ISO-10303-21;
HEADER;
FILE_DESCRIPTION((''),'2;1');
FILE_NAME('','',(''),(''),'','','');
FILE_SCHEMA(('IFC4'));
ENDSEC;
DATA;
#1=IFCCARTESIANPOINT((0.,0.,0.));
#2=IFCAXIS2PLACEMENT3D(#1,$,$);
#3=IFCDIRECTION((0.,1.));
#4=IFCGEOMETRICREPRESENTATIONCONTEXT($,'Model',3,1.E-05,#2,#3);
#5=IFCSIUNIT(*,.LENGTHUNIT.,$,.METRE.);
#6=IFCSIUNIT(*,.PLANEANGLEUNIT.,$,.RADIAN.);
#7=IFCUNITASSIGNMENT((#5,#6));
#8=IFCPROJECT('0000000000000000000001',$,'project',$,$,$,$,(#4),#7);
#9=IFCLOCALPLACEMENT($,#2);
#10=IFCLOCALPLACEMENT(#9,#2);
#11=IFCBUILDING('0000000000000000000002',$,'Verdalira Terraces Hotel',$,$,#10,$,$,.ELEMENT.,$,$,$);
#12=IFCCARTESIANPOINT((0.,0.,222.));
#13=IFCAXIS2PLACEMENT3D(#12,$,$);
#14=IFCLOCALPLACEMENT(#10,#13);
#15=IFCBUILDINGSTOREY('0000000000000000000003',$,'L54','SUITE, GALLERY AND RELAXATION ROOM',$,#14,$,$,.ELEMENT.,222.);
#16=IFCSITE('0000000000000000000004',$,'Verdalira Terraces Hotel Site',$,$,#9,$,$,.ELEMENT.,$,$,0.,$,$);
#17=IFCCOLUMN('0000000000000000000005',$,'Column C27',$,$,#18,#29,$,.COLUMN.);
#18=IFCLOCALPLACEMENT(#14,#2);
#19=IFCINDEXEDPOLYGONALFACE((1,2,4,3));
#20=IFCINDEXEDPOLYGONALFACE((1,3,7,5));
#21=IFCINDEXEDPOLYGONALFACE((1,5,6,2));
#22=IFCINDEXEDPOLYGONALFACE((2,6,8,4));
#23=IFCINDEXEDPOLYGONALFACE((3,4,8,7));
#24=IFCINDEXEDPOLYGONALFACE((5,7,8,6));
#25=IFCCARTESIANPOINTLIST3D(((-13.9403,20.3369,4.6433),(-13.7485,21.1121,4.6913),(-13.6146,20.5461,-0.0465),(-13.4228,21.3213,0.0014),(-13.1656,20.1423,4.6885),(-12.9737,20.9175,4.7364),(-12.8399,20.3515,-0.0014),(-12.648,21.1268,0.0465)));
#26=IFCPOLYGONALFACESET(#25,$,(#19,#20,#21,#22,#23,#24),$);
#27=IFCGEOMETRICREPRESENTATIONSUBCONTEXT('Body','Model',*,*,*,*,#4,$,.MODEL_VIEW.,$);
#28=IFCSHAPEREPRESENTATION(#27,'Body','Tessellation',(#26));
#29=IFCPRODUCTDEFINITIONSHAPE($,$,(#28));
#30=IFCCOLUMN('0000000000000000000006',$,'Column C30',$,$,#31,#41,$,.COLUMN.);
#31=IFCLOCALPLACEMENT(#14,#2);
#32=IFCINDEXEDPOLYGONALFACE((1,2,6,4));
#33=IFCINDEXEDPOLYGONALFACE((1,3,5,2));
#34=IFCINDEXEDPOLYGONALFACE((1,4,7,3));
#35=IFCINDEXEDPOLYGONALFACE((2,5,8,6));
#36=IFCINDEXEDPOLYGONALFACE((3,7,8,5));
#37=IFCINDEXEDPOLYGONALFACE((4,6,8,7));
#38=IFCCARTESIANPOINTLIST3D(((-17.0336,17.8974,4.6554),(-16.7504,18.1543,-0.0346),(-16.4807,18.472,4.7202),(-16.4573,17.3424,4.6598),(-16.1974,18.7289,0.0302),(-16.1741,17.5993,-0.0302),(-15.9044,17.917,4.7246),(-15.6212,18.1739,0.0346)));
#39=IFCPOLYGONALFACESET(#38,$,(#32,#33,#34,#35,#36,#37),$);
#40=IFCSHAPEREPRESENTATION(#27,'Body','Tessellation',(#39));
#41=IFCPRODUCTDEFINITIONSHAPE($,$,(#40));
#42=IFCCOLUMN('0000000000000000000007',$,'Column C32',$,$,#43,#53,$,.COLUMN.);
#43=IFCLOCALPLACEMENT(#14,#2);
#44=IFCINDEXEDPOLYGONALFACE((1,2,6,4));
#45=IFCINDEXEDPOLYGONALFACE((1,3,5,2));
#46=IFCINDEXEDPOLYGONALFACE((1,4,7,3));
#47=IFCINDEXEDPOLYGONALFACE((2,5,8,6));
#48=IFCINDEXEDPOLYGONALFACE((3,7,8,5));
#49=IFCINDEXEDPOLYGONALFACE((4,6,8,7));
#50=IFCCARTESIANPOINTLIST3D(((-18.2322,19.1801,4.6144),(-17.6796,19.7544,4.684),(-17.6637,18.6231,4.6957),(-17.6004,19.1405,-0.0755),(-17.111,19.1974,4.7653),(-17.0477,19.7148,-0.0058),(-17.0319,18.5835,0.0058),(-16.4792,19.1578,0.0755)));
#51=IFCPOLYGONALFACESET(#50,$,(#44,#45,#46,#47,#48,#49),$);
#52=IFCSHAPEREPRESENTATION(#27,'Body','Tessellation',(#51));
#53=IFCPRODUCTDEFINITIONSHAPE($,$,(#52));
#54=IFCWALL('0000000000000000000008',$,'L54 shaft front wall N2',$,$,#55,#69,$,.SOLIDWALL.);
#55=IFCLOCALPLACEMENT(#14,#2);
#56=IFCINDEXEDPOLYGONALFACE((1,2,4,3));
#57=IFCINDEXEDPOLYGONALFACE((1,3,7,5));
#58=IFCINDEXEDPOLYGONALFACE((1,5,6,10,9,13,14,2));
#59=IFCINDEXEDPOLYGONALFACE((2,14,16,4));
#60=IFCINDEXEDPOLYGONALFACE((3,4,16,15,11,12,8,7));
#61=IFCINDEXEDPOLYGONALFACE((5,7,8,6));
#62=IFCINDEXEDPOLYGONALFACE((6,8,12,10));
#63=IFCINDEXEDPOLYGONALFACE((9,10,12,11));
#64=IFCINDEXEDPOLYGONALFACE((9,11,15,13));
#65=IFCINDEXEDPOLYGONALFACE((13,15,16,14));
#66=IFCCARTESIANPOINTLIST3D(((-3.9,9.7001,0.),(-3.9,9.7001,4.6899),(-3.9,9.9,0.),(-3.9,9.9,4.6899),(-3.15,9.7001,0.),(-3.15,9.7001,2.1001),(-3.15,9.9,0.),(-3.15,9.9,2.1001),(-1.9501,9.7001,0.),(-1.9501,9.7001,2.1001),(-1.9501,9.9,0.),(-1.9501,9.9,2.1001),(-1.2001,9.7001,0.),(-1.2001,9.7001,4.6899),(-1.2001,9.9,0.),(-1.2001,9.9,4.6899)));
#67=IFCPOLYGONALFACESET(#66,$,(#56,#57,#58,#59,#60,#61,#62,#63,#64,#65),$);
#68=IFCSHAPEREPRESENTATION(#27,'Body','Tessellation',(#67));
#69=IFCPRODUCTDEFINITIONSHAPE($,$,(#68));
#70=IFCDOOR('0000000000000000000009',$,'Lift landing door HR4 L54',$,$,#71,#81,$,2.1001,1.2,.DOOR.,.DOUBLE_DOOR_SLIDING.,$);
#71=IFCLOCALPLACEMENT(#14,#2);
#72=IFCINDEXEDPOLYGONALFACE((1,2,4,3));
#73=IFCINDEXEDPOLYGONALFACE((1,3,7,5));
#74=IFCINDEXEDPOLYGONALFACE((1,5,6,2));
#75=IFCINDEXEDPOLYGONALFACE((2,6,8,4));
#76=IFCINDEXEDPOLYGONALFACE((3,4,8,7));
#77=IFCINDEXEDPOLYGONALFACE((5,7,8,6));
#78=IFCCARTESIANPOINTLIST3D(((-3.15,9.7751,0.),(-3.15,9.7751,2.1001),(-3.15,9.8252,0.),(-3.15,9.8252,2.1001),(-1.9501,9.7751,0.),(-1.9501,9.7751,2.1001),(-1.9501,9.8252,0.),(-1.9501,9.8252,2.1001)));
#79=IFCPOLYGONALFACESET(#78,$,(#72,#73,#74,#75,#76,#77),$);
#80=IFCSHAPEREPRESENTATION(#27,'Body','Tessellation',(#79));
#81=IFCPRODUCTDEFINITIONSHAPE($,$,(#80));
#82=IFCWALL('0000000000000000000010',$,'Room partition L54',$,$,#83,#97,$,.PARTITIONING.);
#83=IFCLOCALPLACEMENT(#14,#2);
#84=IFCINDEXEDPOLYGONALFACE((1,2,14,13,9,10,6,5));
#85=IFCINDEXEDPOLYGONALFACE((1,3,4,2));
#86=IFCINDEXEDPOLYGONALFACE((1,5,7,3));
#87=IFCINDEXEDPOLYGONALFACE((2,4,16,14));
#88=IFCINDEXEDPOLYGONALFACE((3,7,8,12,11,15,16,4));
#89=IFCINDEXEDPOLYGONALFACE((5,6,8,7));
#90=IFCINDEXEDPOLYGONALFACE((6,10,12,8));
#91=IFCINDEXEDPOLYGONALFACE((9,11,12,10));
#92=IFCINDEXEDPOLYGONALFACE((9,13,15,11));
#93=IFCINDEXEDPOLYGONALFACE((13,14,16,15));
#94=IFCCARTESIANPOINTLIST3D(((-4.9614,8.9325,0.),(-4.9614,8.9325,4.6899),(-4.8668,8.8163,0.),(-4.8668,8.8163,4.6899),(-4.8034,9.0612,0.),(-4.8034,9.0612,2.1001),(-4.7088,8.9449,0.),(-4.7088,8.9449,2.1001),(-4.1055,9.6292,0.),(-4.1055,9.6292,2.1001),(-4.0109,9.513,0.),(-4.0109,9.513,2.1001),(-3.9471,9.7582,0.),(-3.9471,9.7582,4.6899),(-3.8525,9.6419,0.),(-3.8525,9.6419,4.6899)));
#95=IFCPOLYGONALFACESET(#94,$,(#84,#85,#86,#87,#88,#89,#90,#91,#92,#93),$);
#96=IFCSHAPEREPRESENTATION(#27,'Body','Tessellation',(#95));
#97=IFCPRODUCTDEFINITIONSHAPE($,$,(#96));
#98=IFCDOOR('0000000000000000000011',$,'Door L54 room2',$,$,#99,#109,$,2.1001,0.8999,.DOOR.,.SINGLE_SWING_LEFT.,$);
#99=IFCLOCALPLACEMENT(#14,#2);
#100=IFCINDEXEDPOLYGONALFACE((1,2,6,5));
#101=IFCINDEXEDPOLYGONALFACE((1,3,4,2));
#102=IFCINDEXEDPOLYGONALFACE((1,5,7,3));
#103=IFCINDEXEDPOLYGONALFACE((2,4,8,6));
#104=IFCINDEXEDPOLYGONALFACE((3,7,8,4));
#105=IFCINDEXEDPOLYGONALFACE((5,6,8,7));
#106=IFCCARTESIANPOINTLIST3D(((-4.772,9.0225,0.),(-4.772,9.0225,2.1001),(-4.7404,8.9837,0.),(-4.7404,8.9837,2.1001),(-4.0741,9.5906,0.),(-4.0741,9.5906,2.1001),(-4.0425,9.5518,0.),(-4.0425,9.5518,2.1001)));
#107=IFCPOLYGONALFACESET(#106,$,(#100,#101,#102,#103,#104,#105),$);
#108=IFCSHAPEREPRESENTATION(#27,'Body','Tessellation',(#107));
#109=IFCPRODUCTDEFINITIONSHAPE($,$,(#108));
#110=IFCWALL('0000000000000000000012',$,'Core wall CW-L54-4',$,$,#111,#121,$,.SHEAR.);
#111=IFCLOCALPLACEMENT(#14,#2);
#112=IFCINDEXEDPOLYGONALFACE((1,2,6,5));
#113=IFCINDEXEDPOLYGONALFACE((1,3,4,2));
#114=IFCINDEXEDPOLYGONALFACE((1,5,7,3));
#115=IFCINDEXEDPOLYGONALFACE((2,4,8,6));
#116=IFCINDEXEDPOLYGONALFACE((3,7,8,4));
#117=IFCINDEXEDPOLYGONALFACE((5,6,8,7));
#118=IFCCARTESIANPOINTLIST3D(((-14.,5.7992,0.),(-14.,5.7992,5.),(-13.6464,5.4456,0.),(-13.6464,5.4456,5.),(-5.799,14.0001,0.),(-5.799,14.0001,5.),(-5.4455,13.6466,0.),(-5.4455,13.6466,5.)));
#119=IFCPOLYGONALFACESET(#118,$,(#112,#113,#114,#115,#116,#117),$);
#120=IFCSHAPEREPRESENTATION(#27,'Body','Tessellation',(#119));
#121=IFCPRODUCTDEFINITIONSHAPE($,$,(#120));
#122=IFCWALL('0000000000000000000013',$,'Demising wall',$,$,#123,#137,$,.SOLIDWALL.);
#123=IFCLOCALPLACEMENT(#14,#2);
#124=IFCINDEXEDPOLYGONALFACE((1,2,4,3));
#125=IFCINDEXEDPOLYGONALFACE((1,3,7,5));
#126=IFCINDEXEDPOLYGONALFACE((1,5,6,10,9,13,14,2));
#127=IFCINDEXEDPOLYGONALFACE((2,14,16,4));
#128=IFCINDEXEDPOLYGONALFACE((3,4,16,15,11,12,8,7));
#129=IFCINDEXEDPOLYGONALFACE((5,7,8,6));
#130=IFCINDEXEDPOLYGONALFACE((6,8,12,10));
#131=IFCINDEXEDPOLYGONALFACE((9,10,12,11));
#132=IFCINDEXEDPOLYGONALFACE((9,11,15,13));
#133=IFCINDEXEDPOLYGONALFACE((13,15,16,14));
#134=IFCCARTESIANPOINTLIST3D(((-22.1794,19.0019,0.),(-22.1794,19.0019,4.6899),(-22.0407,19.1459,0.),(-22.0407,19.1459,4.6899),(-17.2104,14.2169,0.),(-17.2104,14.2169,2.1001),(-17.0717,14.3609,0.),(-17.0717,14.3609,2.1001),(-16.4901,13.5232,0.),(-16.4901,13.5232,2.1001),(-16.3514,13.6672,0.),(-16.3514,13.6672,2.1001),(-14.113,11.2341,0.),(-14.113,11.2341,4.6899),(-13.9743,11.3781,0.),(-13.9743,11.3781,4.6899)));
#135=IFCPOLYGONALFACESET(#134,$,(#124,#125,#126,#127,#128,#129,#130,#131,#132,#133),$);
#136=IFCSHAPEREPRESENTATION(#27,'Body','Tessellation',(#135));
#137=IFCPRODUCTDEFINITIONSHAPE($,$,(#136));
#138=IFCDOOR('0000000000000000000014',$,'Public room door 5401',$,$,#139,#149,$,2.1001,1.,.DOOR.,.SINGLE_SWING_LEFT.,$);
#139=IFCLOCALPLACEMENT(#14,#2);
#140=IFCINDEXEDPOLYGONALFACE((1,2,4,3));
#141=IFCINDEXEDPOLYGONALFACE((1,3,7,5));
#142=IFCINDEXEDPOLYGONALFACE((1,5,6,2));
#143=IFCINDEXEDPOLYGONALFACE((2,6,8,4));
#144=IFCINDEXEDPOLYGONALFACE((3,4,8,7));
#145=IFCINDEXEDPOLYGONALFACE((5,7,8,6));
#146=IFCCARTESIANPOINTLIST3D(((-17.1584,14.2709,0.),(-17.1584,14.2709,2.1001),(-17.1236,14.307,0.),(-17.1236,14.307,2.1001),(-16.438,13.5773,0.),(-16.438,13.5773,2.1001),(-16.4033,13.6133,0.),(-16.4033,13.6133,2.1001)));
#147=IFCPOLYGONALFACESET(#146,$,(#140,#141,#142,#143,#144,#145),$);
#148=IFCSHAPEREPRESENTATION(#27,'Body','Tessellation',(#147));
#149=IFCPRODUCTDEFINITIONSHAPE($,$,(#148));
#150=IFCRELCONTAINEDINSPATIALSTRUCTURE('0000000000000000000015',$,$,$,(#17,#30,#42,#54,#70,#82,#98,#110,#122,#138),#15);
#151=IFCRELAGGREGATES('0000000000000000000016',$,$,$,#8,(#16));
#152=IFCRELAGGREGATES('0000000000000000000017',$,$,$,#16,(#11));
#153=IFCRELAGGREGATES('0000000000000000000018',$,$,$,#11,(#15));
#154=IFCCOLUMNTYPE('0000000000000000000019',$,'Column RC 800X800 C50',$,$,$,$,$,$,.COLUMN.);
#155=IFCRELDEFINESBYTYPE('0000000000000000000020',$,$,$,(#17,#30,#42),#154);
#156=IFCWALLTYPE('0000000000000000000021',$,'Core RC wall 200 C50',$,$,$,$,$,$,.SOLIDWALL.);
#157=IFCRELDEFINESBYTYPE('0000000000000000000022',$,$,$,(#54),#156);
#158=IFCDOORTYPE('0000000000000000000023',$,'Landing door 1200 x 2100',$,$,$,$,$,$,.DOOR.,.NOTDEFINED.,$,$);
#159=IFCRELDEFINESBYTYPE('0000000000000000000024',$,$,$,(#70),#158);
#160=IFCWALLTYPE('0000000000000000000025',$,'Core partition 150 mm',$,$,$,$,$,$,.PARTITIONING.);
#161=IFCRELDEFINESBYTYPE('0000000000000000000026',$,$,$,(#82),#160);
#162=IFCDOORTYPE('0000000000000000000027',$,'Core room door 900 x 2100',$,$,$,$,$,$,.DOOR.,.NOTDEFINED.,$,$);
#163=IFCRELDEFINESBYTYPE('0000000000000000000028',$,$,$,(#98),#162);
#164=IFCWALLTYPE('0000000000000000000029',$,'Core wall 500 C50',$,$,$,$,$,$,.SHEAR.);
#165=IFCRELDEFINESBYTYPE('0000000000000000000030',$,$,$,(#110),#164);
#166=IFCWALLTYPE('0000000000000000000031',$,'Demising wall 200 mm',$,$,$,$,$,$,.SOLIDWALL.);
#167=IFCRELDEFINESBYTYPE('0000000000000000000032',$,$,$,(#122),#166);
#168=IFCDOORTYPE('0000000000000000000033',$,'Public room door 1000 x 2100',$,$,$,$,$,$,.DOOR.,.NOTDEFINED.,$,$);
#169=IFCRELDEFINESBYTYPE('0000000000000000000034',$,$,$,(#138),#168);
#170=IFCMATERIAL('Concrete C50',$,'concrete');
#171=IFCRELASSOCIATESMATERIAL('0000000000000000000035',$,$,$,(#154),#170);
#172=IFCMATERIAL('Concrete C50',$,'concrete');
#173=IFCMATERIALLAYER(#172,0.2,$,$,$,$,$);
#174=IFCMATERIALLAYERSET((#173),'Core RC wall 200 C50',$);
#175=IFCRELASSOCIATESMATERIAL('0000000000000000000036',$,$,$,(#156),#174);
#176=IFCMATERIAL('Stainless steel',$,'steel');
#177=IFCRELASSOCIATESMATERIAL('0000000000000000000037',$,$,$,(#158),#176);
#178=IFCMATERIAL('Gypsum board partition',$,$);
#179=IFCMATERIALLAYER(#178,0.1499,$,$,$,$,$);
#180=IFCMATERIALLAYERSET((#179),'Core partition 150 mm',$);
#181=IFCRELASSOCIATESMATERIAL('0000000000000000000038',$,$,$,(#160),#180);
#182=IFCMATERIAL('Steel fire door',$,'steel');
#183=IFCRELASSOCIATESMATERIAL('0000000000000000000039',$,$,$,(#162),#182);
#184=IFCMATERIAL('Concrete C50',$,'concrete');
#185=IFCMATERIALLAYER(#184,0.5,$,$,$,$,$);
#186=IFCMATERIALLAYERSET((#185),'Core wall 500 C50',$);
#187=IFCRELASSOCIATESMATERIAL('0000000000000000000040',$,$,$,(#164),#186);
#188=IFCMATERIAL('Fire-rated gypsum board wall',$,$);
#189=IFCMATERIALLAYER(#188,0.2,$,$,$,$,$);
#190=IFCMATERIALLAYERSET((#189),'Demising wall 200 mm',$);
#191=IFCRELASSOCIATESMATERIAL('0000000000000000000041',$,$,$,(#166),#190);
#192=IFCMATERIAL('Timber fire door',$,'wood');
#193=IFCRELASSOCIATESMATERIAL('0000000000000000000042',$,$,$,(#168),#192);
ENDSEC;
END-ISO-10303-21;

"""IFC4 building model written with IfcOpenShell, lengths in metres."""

from ifc_helpers import new_model, si_unit, direction, frame, frame_2d, origin, origin_2d, place, context, subcontext, project, spatial, rectangle, extrude, material, layer, layer_set, material_profile, profile_set, type_object, element, fill, save


model = new_model("IFC4")

# Units and contexts
model_context = context("Model", 3, precision=1e-05, world=origin(), true_north=direction((0.0, 1.0)))
body_context = subcontext(model_context, "Body", "Model", "MODEL_VIEW")
ifc_project = project(units=[si_unit("LENGTHUNIT", "METRE"), si_unit("PLANEANGLEUNIT", "RADIAN")], contexts=[model_context])

# Site, building, storey
site_placement = place(None, origin())
site = spatial("IfcSite", under=ifc_project, at=site_placement, Name="Verdalira Terraces Hotel Site", CompositionType="ELEMENT", RefElevation=0.0)
building_placement = place(site_placement, origin())
building = spatial("IfcBuilding", under=site, at=building_placement, Name="Verdalira Terraces Hotel", CompositionType="ELEMENT")
storey_placement = place(building_placement, frame((0.0, 0.0, 222.0)))
storey = spatial("IfcBuildingStorey", under=building, at=storey_placement, Name="L54", Description="SUITE, GALLERY AND RELAXATION ROOM", CompositionType="ELEMENT", Elevation=222.0)

# Columns
ifc_material_1 = material(Name="Concrete C50", Category="concrete")
ifc_material_profile = material_profile(ifc_material_1, rectangle(XDim=0.8, YDim=0.8, at=origin_2d()), Name="RC 800X800")
ifc_profile_set = profile_set([ifc_material_profile], Name="Concrete C50")
column_type = type_object("IfcColumnType", Name="Column RC 800X800 C50", PredefinedType="COLUMN", material=ifc_profile_set)
column_1_placement = place(storey_placement, frame((-13.1313, 20.8364, 0.0), z_axis=(-0.069208, -0.044461, 0.996611), x_axis=(0.968345, -0.24316, 0.056397)))
element("IfcColumn", 1, at=column_1_placement, inside=storey, type_object=column_type, Name="Column C27", PredefinedType="COLUMN", context=body_context, shape_type="SweptSolid", body=[
    extrude(rectangle(XDim=0.8, YDim=0.8, at=origin_2d()), origin(), (0.0, 0.0, 1.0), 4.7058),
])
column_2_placement = place(storey_placement, frame((-16.1858, 18.1641, 0.0), z_axis=(-0.060186, -0.054582, 0.996694), x_axis=(-0.720241, 0.693702, -0.005503)))
element("IfcColumn", 2, at=column_2_placement, inside=storey, type_object=column_type, Name="Column C30", PredefinedType="COLUMN", context=body_context, shape_type="SweptSolid", body=[
    extrude(rectangle(XDim=0.8, YDim=0.8, at=origin_2d()), origin(), (0.0, 0.0, 1.0), 4.7056),
])
column_3_placement = place(storey_placement, frame((-17.0398, 19.1492, 0.0), z_axis=(-0.133511, 0.008357, 0.991012), x_axis=(-0.710634, 0.696186, -0.101609)))
element("IfcColumn", 3, at=column_3_placement, inside=storey, type_object=column_type, Name="Column C32", PredefinedType="COLUMN", context=body_context, shape_type="SweptSolid", body=[
    extrude(rectangle(XDim=0.8, YDim=0.8, at=origin_2d()), origin(), (0.0, 0.0, 1.0), 4.7324),
])

# Walls, openings, doors
ifc_material_2 = material(Name="Concrete C50", Category="concrete")
ifc_layer_1 = layer(ifc_material_2, 0.2)
ifc_layer_set_1 = layer_set([ifc_layer_1], Name="Core RC wall 200 C50")
wall_type_1 = type_object("IfcWallType", Name="Core RC wall 200 C50", PredefinedType="SOLIDWALL", material=ifc_layer_set_1)
wall_1_placement = place(storey_placement, frame((-1.2, 9.8, 0.0), z_axis=(0.0, 0.0, 1.0), x_axis=(-1.0, 0.0, 0.0)))
wall_1 = element("IfcWall", 4, at=wall_1_placement, inside=storey, type_object=wall_type_1, Name="L54 shaft front wall N2", PredefinedType="SOLIDWALL", context=body_context, shape_type="SweptSolid", body=[
    extrude(rectangle(XDim=2.7, YDim=0.2, at=frame_2d((1.3501, 0.0))), origin(), (0.0, 0.0, 1.0), 4.6899),
])
opening_1_placement = place(wall_1_placement, frame((0.75, 0.0, 0.0)))
opening_1 = element("IfcOpeningElement", 5, at=opening_1_placement, cuts=wall_1, PredefinedType="OPENING", context=body_context, shape_type="SweptSolid", body=[
    extrude(rectangle(XDim=1.2, YDim=2.1001, at=frame_2d((0.6001, 1.05))), frame((0.0, 0.1099, 0.0), z_axis=(0.0, -1.0, 0.0), x_axis=(1.0, 0.0, 0.0)), (0.0, 0.0, 1.0), 0.22),
])
ifc_material_3 = material(Name="Stainless steel", Category="steel")
door_type_1 = type_object("IfcDoorType", Name="Landing door 1200 x 2100", OperationType="NOTDEFINED", PredefinedType="DOOR", material=ifc_material_3)
door_1_placement = place(opening_1_placement, origin())
door_1 = element("IfcDoor", 6, at=door_1_placement, inside=storey, type_object=door_type_1, Name="Lift landing door HR4 L54", OperationType="DOUBLE_DOOR_SLIDING", OverallHeight=2.1001, OverallWidth=1.2, PredefinedType="DOOR", context=body_context, shape_type="SweptSolid", body=[
    extrude(rectangle(XDim=1.2, YDim=2.1001, at=frame_2d((0.6001, 1.05))), frame((0.0, 0.0249, 0.0), z_axis=(0.0, -1.0, 0.0), x_axis=(1.0, 0.0, 0.0)), (0.0, 0.0, 1.0), 0.05),
])
fill(opening_1, door_1)
ifc_material_4 = material(Name="Gypsum board partition")
ifc_layer_2 = layer(ifc_material_4, 0.1499)
ifc_layer_set_2 = layer_set([ifc_layer_2], Name="Core partition 150 mm")
wall_type_2 = type_object("IfcWallType", Name="Core partition 150 mm", PredefinedType="PARTITIONING", material=ifc_layer_set_2)
wall_2_placement = place(storey_placement, frame((-3.8999, 9.7, 0.0), z_axis=(0.0, 0.0, 1.0), x_axis=(-0.77556, -0.631274, 0.0)))
wall_2 = element("IfcWall", 7, at=wall_2_placement, inside=storey, type_object=wall_type_2, Name="Room partition L54", PredefinedType="PARTITIONING", context=body_context, shape_type="SweptSolid", body=[
    extrude(rectangle(XDim=1.3079, YDim=0.1499, at=frame_2d((0.6538, 0.0))), origin(), (0.0, 0.0, 1.0), 4.6899),
])
opening_2_placement = place(wall_2_placement, frame((0.2041, 0.0, 0.0)))
opening_2 = element("IfcOpeningElement", 8, at=opening_2_placement, cuts=wall_2, PredefinedType="OPENING", context=body_context, shape_type="SweptSolid", body=[
    extrude(rectangle(XDim=0.8999, YDim=2.1001, at=frame_2d((0.45, 1.05))), frame((0.0, 0.085, 0.0), z_axis=(0.0, -1.0, 0.0), x_axis=(1.0, 0.0, 0.0)), (0.0, 0.0, 1.0), 0.1699),
])
ifc_material_5 = material(Name="Steel fire door", Category="steel")
door_type_2 = type_object("IfcDoorType", Name="Core room door 900 x 2100", OperationType="NOTDEFINED", PredefinedType="DOOR", material=ifc_material_5)
door_2_placement = place(opening_2_placement, origin())
door_2 = element("IfcDoor", 9, at=door_2_placement, inside=storey, type_object=door_type_2, Name="Door L54 room2", OperationType="SINGLE_SWING_LEFT", OverallHeight=2.1001, OverallWidth=0.8999, PredefinedType="DOOR", context=body_context, shape_type="SweptSolid", body=[
    extrude(rectangle(XDim=0.8999, YDim=2.1001, at=frame_2d((0.45, 1.05))), frame((0.0, 0.0249, 0.0), z_axis=(0.0, -1.0, 0.0), x_axis=(1.0, 0.0, 0.0)), (0.0, 0.0, 1.0), 0.05),
])
fill(opening_2, door_2)

# Wall
ifc_material_6 = material(Name="Concrete C50", Category="concrete")
ifc_layer_3 = layer(ifc_material_6, 0.5)
ifc_layer_set_3 = layer_set([ifc_layer_3], Name="Core wall 500 C50")
wall_type_3 = type_object("IfcWallType", Name="Core wall 500 C50", PredefinedType="SHEAR", material=ifc_layer_set_3)
wall_3_placement = place(storey_placement, frame((-5.6223, 13.8232, 0.0), z_axis=(0.0, 0.0, 1.0), x_axis=(-0.707107, -0.707107, 0.0)))
element("IfcWall", 10, at=wall_3_placement, inside=storey, type_object=wall_type_3, Name="Core wall CW-L54-4", PredefinedType="SHEAR", context=body_context, shape_type="SweptSolid", body=[
    extrude(rectangle(XDim=11.5979, YDim=0.5, at=frame_2d((5.7988, 0.0))), origin(), (0.0, 0.0, 1.0), 5.0),
])

# Wall, opening, door
ifc_material_7 = material(Name="Fire-rated gypsum board wall")
ifc_layer_4 = layer(ifc_material_7, 0.2)
ifc_layer_set_4 = layer_set([ifc_layer_4], Name="Demising wall 200 mm")
wall_type_4 = type_object("IfcWallType", Name="Demising wall 200 mm", PredefinedType="SOLIDWALL", material=ifc_layer_set_4)
wall_4_placement = place(storey_placement, frame((-14.0437, 11.3062, 0.0), z_axis=(0.0, 0.0, 1.0), x_axis=(-0.720313, 0.69365, 0.0)))
wall_4 = element("IfcWall", 11, at=wall_4_placement, inside=storey, type_object=wall_type_4, Name="Demising wall", PredefinedType="SOLIDWALL", context=body_context, shape_type="SweptSolid", body=[
    extrude(rectangle(XDim=11.1985, YDim=0.2, at=frame_2d((5.5991, 0.0))), origin(), (0.0, 0.0, 1.0), 4.6899),
])
opening_3_placement = place(wall_4_placement, frame((3.3, 0.0, 0.0)))
opening_3 = element("IfcOpeningElement", 12, at=opening_3_placement, cuts=wall_4, PredefinedType="OPENING", context=body_context, shape_type="SweptSolid", body=[
    extrude(rectangle(XDim=1.0, YDim=2.1001, at=frame_2d((0.5, 1.05))), frame((0.0, 0.1099, 0.0), z_axis=(0.0, -1.0, 0.0), x_axis=(1.0, 0.0, 0.0)), (0.0, 0.0, 1.0), 0.22),
])
ifc_material_8 = material(Name="Timber fire door", Category="wood")
door_type_3 = type_object("IfcDoorType", Name="Public room door 1000 x 2100", OperationType="NOTDEFINED", PredefinedType="DOOR", material=ifc_material_8)
door_3_placement = place(opening_3_placement, origin())
door_3 = element("IfcDoor", 13, at=door_3_placement, inside=storey, type_object=door_type_3, Name="Public room door 5401", OperationType="SINGLE_SWING_LEFT", OverallHeight=2.1001, OverallWidth=1.0, PredefinedType="DOOR", context=body_context, shape_type="SweptSolid", body=[
    extrude(rectangle(XDim=1.0, YDim=2.1001, at=frame_2d((0.5, 1.05))), frame((0.0, 0.0249, 0.0), z_axis=(0.0, -1.0, 0.0), x_axis=(1.0, 0.0, 0.0)), (0.0, 0.0, 1.0), 0.05),
])
fill(opening_3, door_3)

save(model, "model.ifc")
